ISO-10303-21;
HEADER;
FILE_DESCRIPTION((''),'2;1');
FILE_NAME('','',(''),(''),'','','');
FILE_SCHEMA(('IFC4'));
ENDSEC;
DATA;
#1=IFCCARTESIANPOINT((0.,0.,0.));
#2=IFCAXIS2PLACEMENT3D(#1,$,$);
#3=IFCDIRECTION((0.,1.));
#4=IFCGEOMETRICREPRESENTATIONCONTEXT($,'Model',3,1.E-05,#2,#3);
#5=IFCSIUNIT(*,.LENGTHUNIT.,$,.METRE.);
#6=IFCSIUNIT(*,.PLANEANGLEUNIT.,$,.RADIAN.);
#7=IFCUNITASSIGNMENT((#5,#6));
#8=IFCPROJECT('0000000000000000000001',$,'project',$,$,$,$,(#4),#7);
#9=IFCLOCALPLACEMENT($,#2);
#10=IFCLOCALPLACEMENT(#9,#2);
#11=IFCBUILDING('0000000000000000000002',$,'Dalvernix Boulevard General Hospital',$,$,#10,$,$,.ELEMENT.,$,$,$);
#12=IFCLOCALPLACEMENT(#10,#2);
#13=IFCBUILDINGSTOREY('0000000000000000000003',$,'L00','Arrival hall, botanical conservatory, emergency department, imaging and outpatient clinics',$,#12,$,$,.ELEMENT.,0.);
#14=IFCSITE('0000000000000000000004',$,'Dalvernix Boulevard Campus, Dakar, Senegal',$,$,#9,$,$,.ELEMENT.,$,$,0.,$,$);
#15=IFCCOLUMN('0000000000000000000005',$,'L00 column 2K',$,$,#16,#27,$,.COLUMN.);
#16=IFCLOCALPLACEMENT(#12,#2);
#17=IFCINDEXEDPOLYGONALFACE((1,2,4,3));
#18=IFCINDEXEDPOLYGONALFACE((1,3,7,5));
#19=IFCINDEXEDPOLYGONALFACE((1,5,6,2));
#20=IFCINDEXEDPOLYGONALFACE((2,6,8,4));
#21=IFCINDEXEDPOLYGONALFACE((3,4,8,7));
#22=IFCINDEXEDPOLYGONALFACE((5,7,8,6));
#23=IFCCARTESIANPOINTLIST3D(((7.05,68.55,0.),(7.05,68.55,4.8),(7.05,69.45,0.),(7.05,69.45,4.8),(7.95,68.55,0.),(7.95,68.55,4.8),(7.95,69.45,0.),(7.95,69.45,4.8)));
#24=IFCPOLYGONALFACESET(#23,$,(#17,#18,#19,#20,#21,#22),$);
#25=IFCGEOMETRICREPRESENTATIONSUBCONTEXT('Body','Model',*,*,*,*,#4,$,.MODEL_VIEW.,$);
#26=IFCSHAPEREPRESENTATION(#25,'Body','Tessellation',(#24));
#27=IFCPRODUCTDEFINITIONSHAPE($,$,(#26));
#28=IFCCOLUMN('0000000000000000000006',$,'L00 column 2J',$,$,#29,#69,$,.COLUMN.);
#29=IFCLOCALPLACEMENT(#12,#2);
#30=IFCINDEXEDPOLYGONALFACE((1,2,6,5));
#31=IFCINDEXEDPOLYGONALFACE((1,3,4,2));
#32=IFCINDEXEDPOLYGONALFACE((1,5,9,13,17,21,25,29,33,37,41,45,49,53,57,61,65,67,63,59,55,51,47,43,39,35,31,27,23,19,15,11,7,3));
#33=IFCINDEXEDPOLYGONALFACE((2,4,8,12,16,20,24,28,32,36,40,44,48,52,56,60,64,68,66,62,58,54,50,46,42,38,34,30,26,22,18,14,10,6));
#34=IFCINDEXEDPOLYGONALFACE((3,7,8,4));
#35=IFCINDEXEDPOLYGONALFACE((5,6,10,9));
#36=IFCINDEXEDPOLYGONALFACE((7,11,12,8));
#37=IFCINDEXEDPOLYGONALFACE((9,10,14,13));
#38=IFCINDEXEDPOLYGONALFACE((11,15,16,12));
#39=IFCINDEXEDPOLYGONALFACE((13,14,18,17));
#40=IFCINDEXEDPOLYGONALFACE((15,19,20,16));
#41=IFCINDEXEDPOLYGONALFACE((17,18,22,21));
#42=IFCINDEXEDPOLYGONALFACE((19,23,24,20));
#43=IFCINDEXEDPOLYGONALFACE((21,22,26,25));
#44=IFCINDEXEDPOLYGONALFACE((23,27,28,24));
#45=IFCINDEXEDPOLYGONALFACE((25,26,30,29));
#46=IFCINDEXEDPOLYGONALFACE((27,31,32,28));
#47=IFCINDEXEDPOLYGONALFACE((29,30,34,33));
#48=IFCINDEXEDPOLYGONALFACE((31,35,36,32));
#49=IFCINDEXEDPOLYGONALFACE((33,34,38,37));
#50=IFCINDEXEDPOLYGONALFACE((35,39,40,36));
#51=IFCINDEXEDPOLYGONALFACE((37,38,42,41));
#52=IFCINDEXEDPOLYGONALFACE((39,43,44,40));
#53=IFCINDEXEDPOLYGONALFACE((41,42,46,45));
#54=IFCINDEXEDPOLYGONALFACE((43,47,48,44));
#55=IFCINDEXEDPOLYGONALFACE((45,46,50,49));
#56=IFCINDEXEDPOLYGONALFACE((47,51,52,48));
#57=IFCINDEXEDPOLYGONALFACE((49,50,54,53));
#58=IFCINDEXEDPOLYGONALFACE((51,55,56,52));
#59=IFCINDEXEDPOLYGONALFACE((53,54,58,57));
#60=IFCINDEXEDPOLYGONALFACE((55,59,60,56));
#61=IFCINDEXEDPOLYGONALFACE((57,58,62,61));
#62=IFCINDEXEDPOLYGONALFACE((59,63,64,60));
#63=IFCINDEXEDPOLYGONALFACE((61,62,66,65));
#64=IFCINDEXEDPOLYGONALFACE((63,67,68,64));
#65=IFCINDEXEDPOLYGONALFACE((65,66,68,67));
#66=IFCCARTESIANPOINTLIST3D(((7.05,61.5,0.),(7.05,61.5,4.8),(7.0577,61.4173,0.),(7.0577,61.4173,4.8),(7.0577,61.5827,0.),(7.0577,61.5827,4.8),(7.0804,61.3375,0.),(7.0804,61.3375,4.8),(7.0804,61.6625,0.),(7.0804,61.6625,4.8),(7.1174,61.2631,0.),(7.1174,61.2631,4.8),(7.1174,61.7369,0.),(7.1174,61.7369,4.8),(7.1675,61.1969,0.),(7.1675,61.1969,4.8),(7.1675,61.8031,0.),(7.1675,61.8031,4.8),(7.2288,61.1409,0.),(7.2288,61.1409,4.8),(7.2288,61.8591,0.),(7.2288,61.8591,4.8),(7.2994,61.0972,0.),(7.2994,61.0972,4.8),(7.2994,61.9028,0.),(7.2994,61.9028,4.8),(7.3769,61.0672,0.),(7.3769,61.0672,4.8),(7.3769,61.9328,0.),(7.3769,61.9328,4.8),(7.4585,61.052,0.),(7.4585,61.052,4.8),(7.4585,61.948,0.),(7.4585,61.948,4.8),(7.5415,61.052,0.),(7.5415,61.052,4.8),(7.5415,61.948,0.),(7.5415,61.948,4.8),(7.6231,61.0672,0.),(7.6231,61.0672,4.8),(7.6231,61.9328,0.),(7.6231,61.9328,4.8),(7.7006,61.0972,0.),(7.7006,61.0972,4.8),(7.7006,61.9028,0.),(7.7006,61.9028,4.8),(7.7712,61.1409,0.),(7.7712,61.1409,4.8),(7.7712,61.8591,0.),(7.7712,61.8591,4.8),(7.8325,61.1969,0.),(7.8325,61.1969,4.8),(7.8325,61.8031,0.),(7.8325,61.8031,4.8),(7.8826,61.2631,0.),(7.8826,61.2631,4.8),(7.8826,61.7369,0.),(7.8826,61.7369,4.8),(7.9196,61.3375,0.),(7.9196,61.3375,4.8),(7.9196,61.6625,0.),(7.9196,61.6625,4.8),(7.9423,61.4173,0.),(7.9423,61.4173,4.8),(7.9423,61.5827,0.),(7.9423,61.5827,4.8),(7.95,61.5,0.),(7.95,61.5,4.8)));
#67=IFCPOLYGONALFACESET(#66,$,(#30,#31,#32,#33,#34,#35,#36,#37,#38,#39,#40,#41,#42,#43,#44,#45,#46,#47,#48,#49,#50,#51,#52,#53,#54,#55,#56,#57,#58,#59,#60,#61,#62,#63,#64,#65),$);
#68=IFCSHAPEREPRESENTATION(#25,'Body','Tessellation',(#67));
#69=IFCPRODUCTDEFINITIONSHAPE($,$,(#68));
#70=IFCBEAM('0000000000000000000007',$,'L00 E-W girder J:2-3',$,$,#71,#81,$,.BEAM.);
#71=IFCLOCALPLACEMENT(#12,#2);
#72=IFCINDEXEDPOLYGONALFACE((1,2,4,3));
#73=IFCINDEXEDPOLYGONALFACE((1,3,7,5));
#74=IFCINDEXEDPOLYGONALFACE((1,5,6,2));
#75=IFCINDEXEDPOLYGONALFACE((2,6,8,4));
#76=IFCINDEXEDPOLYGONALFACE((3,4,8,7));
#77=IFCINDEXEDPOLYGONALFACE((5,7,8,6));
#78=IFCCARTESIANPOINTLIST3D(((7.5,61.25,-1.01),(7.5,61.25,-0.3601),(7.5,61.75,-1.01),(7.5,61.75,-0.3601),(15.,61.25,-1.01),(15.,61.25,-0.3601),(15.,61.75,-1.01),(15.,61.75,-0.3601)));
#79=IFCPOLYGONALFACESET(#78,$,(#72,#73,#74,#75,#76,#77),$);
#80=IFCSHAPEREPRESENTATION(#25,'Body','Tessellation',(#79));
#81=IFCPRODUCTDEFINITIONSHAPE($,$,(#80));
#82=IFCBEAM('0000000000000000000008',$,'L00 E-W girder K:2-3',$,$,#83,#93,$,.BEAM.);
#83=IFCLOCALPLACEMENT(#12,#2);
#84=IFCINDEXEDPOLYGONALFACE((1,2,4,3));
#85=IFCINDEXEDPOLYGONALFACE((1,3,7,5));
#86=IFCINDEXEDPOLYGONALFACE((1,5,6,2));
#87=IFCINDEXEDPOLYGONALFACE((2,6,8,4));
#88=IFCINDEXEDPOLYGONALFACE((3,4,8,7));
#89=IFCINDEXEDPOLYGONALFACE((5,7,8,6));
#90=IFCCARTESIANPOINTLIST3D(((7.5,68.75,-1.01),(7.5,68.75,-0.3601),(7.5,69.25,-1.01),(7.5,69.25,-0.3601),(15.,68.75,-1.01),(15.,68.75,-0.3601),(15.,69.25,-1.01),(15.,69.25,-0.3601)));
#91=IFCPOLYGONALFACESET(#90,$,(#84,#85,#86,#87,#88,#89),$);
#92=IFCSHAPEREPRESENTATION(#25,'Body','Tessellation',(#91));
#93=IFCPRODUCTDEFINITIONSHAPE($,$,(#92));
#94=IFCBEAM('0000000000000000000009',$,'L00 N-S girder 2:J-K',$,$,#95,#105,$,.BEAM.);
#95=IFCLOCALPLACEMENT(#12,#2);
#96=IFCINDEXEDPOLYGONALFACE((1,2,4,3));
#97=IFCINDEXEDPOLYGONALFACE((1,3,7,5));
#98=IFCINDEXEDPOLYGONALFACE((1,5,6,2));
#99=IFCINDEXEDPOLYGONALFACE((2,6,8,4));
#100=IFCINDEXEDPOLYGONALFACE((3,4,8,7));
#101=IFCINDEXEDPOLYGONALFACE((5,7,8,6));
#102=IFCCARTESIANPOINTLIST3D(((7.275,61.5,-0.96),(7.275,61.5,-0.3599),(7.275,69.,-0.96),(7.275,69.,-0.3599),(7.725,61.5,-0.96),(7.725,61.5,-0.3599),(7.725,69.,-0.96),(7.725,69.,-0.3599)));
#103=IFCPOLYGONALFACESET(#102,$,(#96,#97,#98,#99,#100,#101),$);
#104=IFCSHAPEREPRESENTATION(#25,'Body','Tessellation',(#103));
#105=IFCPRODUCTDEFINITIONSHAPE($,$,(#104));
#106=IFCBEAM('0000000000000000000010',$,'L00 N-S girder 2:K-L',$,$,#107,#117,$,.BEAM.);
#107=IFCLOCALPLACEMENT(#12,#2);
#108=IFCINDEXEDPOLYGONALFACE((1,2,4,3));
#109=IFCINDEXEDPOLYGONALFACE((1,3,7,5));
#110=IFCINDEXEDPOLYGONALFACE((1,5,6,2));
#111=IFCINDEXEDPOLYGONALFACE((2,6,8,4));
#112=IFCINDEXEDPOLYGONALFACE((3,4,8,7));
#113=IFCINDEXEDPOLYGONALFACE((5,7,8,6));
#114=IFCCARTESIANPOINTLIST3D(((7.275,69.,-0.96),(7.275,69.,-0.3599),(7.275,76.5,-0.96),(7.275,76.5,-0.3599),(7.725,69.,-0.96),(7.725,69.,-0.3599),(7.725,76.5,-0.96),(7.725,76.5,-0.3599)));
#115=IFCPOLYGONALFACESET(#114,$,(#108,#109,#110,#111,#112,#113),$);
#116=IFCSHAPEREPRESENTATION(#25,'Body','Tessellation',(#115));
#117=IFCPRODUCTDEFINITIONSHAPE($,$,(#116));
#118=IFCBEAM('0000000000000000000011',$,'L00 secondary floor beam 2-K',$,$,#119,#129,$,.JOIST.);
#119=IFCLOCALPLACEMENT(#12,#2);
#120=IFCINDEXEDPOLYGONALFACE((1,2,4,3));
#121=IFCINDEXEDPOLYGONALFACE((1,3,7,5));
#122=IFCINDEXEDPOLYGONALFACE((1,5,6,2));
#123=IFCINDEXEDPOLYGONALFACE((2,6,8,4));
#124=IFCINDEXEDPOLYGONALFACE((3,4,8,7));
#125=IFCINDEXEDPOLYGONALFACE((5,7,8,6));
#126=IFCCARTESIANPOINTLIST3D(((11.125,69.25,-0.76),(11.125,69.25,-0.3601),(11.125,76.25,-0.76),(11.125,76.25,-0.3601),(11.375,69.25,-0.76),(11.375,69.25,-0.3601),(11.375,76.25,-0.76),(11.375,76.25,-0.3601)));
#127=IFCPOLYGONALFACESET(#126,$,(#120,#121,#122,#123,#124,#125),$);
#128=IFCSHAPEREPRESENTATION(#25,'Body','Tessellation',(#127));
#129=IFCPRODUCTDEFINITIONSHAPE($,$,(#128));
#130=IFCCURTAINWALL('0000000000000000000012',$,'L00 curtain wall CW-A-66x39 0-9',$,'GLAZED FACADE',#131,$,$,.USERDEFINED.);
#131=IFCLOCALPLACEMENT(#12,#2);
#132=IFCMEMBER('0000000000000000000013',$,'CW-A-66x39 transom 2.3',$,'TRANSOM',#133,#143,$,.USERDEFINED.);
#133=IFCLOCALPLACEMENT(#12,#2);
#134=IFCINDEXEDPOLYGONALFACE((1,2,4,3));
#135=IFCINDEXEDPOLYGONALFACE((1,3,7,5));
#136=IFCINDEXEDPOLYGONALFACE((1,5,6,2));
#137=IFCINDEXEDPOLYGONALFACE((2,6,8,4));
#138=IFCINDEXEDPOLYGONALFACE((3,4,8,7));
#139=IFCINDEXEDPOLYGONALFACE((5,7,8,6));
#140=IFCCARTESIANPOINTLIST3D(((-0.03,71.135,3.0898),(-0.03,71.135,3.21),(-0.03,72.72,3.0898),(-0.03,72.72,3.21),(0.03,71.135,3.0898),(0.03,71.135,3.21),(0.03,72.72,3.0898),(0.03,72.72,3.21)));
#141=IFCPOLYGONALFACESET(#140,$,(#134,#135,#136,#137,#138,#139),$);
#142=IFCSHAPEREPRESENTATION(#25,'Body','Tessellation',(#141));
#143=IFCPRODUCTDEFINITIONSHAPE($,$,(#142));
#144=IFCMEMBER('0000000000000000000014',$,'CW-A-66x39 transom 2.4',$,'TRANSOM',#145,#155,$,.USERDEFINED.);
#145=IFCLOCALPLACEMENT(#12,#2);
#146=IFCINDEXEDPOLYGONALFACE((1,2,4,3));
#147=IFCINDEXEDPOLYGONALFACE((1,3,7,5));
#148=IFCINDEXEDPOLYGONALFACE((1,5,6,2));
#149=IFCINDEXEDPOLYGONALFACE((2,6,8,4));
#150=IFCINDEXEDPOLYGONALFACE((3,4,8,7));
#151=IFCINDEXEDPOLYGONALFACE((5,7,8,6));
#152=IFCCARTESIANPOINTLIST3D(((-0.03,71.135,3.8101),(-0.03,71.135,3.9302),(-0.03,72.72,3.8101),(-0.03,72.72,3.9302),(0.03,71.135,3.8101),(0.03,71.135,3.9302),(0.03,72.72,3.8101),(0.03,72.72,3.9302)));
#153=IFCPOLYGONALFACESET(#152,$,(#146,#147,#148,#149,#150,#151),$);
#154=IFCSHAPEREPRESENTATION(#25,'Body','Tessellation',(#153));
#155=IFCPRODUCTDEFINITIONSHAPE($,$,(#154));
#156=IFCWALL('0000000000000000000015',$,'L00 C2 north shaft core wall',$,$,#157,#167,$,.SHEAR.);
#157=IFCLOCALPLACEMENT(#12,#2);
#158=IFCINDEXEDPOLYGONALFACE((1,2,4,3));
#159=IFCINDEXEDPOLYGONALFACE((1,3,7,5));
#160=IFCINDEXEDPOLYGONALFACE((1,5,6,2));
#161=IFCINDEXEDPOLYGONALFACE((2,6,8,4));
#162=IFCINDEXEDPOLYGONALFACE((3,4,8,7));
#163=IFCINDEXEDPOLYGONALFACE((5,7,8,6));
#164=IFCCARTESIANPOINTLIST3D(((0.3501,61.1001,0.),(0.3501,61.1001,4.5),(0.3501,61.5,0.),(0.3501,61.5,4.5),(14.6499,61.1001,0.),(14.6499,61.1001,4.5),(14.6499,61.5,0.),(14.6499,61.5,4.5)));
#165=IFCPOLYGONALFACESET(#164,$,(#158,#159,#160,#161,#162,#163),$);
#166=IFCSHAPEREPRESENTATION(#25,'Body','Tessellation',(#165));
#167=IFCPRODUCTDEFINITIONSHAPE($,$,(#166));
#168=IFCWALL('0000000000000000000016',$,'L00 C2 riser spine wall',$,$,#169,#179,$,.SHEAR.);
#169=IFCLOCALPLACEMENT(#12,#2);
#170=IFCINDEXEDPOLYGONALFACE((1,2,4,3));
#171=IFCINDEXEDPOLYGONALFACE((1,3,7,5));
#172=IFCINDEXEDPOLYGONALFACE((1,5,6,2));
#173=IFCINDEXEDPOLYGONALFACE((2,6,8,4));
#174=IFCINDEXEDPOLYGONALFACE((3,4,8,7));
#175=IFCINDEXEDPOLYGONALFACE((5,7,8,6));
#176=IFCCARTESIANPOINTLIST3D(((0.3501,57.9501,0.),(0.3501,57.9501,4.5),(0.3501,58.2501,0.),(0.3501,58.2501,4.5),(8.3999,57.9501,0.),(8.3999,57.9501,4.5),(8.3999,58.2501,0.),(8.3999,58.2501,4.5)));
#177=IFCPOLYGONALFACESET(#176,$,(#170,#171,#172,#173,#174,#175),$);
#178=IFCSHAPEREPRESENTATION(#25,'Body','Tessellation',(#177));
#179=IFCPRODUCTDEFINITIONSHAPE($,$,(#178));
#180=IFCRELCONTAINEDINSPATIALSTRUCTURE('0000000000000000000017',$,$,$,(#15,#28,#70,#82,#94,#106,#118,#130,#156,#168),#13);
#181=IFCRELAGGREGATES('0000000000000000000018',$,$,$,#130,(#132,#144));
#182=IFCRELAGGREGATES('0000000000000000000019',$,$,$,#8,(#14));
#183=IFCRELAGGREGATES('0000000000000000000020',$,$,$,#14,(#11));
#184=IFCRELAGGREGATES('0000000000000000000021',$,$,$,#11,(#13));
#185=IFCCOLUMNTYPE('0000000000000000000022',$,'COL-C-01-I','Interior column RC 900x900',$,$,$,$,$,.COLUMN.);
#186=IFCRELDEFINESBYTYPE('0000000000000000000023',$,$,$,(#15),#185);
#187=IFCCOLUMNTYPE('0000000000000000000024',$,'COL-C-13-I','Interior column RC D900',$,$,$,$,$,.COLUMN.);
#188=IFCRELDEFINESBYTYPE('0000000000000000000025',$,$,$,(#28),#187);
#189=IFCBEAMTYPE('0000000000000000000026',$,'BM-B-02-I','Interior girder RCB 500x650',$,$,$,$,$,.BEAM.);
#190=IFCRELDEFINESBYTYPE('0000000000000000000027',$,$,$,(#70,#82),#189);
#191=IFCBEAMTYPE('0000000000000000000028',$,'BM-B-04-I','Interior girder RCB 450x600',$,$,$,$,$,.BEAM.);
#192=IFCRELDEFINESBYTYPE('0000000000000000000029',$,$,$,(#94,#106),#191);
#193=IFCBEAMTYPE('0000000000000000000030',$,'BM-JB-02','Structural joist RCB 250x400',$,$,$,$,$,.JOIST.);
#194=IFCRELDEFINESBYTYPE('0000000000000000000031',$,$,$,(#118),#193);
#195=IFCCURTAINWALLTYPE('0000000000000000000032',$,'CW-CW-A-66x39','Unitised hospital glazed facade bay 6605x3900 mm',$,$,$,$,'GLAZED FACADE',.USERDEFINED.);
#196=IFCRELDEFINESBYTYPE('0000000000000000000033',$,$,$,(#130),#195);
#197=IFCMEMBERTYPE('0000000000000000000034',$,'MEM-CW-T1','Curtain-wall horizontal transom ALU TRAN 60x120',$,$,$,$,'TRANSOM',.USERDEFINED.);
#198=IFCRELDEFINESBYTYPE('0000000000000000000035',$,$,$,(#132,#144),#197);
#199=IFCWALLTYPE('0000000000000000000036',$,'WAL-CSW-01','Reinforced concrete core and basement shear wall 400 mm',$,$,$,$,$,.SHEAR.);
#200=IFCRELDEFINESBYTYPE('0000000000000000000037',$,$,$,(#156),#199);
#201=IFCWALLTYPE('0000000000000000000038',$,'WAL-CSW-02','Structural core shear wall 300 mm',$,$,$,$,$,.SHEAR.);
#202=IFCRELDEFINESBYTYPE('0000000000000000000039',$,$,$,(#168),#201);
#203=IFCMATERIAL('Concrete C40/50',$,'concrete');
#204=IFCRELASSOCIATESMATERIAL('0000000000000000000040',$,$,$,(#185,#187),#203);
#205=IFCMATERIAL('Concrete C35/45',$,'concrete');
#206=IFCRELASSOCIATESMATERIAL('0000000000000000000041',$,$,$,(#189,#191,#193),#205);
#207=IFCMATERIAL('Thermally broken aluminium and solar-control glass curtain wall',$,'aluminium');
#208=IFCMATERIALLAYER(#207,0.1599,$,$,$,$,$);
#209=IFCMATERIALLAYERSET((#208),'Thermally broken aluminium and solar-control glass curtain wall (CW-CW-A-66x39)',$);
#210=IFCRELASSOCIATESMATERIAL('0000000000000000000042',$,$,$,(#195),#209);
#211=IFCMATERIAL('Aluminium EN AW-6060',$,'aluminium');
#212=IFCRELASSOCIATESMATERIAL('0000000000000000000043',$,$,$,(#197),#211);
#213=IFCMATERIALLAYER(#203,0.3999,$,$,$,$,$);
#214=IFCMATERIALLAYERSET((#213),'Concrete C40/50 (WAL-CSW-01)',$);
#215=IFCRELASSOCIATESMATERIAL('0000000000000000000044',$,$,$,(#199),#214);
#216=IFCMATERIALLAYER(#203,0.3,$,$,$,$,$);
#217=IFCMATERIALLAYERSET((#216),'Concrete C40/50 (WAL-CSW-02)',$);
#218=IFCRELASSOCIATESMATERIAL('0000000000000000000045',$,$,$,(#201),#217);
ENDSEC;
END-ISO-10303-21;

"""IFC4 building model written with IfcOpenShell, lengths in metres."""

from ifc_helpers import new_model, si_unit, direction, frame, frame_2d, origin, origin_2d, place, context, subcontext, project, spatial, rectangle, circle, extrude, material, layer, layer_set, material_profile, profile_set, type_object, element, aggregate, save


model = new_model("IFC4")

# Units and contexts
model_context = context("Model", 3, precision=1e-05, world=origin(), true_north=direction((0.0, 1.0)))
body_context = subcontext(model_context, "Body", "Model", "MODEL_VIEW")
ifc_project = project(units=[si_unit("LENGTHUNIT", "METRE"), si_unit("PLANEANGLEUNIT", "RADIAN")], contexts=[model_context])

# Site, building, storey
site_placement = place(None, origin())
site = spatial("IfcSite", under=ifc_project, at=site_placement, Name="Dalvernix Boulevard Campus, Dakar, Senegal", CompositionType="ELEMENT", RefElevation=0.0)
building_placement = place(site_placement, origin())
building = spatial("IfcBuilding", under=site, at=building_placement, Name="Dalvernix Boulevard General Hospital", CompositionType="ELEMENT")
storey_placement = place(building_placement, origin())
storey = spatial("IfcBuildingStorey", under=building, at=storey_placement, Name="L00", Description="Arrival hall, botanical conservatory, emergency department, imaging and outpatient clinics", CompositionType="ELEMENT", Elevation=0.0)

# Columns
ifc_material_1 = material(Name="Concrete C40/50", Category="concrete")
ifc_material_profile_1 = material_profile(ifc_material_1, rectangle(XDim=0.8999, YDim=0.8999, at=origin_2d()), Name="RC 900x900")
ifc_profile_set_1 = profile_set([ifc_material_profile_1], Name="Concrete C40/50")
column_type_1 = type_object("IfcColumnType", Name="COL-C-01-I", Description="Interior column RC 900x900", PredefinedType="COLUMN", material=ifc_profile_set_1)
column_1_placement = place(storey_placement, frame((7.5, 69.0, 0.0), z_axis=(0.0, 0.0, 1.0), x_axis=(1.0, 0.0, 0.0)))
element("IfcColumn", 1, at=column_1_placement, inside=storey, type_object=column_type_1, Name="L00 column 2K", PredefinedType="COLUMN", context=body_context, shape_type="SweptSolid", body=[
    extrude(rectangle(XDim=0.8999, YDim=0.8999, at=origin_2d()), origin(), (0.0, 0.0, 1.0), 4.8),
])
ifc_material_profile_2 = material_profile(ifc_material_1, circle(Radius=0.45, at=origin_2d()), Name="RC D900")
ifc_profile_set_2 = profile_set([ifc_material_profile_2], Name="Concrete C40/50")
column_type_2 = type_object("IfcColumnType", Name="COL-C-13-I", Description="Interior column RC D900", PredefinedType="COLUMN", material=ifc_profile_set_2)
column_2_placement = place(storey_placement, frame((7.5, 61.5, 0.0), z_axis=(0.0, 0.0, 1.0), x_axis=(1.0, 0.0, 0.0)))
element("IfcColumn", 2, at=column_2_placement, inside=storey, type_object=column_type_2, Name="L00 column 2J", PredefinedType="COLUMN", context=body_context, shape_type="SweptSolid", body=[
    extrude(circle(Radius=0.45, at=origin_2d()), origin(), (0.0, 0.0, 1.0), 4.8),
])

# Beams
ifc_material_2 = material(Name="Concrete C35/45", Category="concrete")
ifc_material_profile_3 = material_profile(ifc_material_2, rectangle(XDim=0.5, YDim=0.6499, at=origin_2d()), Name="RCB 500x650")
ifc_profile_set_3 = profile_set([ifc_material_profile_3], Name="Concrete C35/45")
beam_type_1 = type_object("IfcBeamType", Name="BM-B-02-I", Description="Interior girder RCB 500x650", PredefinedType="BEAM", material=ifc_profile_set_3)
for number, where, z_axis, x_axis, name in (
    (3, (7.5, 61.5, -0.6851), (1.0, 0.0, 0.0), (0.0, 1.0, 0.0), "L00 E-W girder J:2-3"),
    (4, (7.5, 69.0, -0.6851), (1.0, 0.0, 0.0), (0.0, 1.0, 0.0), "L00 E-W girder K:2-3"),
):
    element("IfcBeam", number, at=place(storey_placement, frame(where, z_axis=z_axis, x_axis=x_axis)), inside=storey, type_object=beam_type_1, Name=name, PredefinedType="BEAM", context=body_context, shape_type="SweptSolid", body=[
        extrude(rectangle(XDim=0.5, YDim=0.6499, at=origin_2d()), origin(), (0.0, 0.0, 1.0), 7.5),
    ])
ifc_material_profile_4 = material_profile(ifc_material_2, rectangle(XDim=0.45, YDim=0.6001, at=origin_2d()), Name="RCB 450x600")
ifc_profile_set_4 = profile_set([ifc_material_profile_4], Name="Concrete C35/45")
beam_type_2 = type_object("IfcBeamType", Name="BM-B-04-I", Description="Interior girder RCB 450x600", PredefinedType="BEAM", material=ifc_profile_set_4)
for number, where, z_axis, x_axis, name in (
    (5, (7.5, 61.5, -0.6599), (0.0, 1.0, 0.0), (-1.0, 0.0, 0.0), "L00 N-S girder 2:J-K"),
    (6, (7.5, 69.0, -0.6599), (0.0, 1.0, 0.0), (-1.0, 0.0, 0.0), "L00 N-S girder 2:K-L"),
):
    element("IfcBeam", number, at=place(storey_placement, frame(where, z_axis=z_axis, x_axis=x_axis)), inside=storey, type_object=beam_type_2, Name=name, PredefinedType="BEAM", context=body_context, shape_type="SweptSolid", body=[
        extrude(rectangle(XDim=0.45, YDim=0.6001, at=origin_2d()), origin(), (0.0, 0.0, 1.0), 7.5),
    ])
ifc_material_profile_5 = material_profile(ifc_material_2, rectangle(XDim=0.25, YDim=0.3999, at=origin_2d()), Name="RCB 250x400")
ifc_profile_set_5 = profile_set([ifc_material_profile_5], Name="Concrete C35/45")
beam_type_3 = type_object("IfcBeamType", Name="BM-JB-02", Description="Structural joist RCB 250x400", PredefinedType="JOIST", material=ifc_profile_set_5)
beam_placement = place(storey_placement, frame((11.25, 69.25, -0.5601), z_axis=(0.0, 1.0, 0.0), x_axis=(-1.0, 0.0, 0.0)))
element("IfcBeam", 7, at=beam_placement, inside=storey, type_object=beam_type_3, Name="L00 secondary floor beam 2-K", PredefinedType="JOIST", context=body_context, shape_type="SweptSolid", body=[
    extrude(rectangle(XDim=0.25, YDim=0.3999, at=origin_2d()), origin(), (0.0, 0.0, 1.0), 7.0),
])

# Curtain wall, members
ifc_material_3 = material(Name="Thermally broken aluminium and solar-control glass curtain wall", Category="aluminium")
ifc_layer_1 = layer(ifc_material_3, 0.1599)
ifc_layer_set_1 = layer_set([ifc_layer_1], Name="Thermally broken aluminium and solar-control glass curtain wall (CW-CW-A-66x39)")
curtain_wall_type = type_object("IfcCurtainWallType", Name="CW-CW-A-66x39", Description="Unitised hospital glazed facade bay 6605x3900 mm", ElementType="GLAZED FACADE", PredefinedType="USERDEFINED", material=ifc_layer_set_1)
curtain_wall_placement = place(storey_placement, origin())
curtain_wall = element("IfcCurtainWall", 8, at=curtain_wall_placement, inside=storey, type_object=curtain_wall_type, Name="L00 curtain wall CW-A-66x39 0-9", ObjectType="GLAZED FACADE", PredefinedType="USERDEFINED")
ifc_material_4 = material(Name="Aluminium EN AW-6060", Category="aluminium")
ifc_material_profile_6 = material_profile(ifc_material_4, rectangle(XDim=0.0601, YDim=0.1201, at=origin_2d()), Name="ALU TRAN 60x120")
ifc_profile_set_6 = profile_set([ifc_material_profile_6], Name="Aluminium EN AW-6060")
member_type = type_object("IfcMemberType", Name="MEM-CW-T1", Description="Curtain-wall horizontal transom ALU TRAN 60x120", ElementType="TRANSOM", PredefinedType="USERDEFINED", material=ifc_profile_set_6)
member_1_placement = place(storey_placement, frame((0.0, 71.135, 3.1499), z_axis=(0.0, 1.0, 0.0), x_axis=(-1.0, 0.0, 0.0)))
member_1 = element("IfcMember", 9, at=member_1_placement, type_object=member_type, Name="CW-A-66x39 transom 2.3", ObjectType="TRANSOM", PredefinedType="USERDEFINED", context=body_context, shape_type="SweptSolid", body=[
    extrude(rectangle(XDim=0.0601, YDim=0.1201, at=origin_2d()), origin(), (0.0, 0.0, 1.0), 1.585),
])
member_2_placement = place(storey_placement, frame((0.0, 71.135, 3.8701), z_axis=(0.0, 1.0, 0.0), x_axis=(-1.0, 0.0, 0.0)))
member_2 = element("IfcMember", 10, at=member_2_placement, type_object=member_type, Name="CW-A-66x39 transom 2.4", ObjectType="TRANSOM", PredefinedType="USERDEFINED", context=body_context, shape_type="SweptSolid", body=[
    extrude(rectangle(XDim=0.0601, YDim=0.1201, at=origin_2d()), origin(), (0.0, 0.0, 1.0), 1.585),
])
aggregate(curtain_wall, [member_1, member_2])

# Walls
ifc_layer_2 = layer(ifc_material_1, 0.3999)
ifc_layer_set_2 = layer_set([ifc_layer_2], Name="Concrete C40/50 (WAL-CSW-01)")
wall_type_1 = type_object("IfcWallType", Name="WAL-CSW-01", Description="Reinforced concrete core and basement shear wall 400 mm", PredefinedType="SHEAR", material=ifc_layer_set_2)
wall_1_placement = place(storey_placement, frame((0.3501, 61.3, 0.0), z_axis=(0.0, 0.0, 1.0), x_axis=(1.0, 0.0, 0.0)))
element("IfcWall", 11, at=wall_1_placement, inside=storey, type_object=wall_type_1, Name="L00 C2 north shaft core wall", PredefinedType="SHEAR", context=body_context, shape_type="SweptSolid", body=[
    extrude(rectangle(XDim=14.2998, YDim=0.3999, at=frame_2d((7.1499, 0.0))), origin(), (0.0, 0.0, 1.0), 4.5),
])
ifc_layer_3 = layer(ifc_material_1, 0.3)
ifc_layer_set_3 = layer_set([ifc_layer_3], Name="Concrete C40/50 (WAL-CSW-02)")
wall_type_2 = type_object("IfcWallType", Name="WAL-CSW-02", Description="Structural core shear wall 300 mm", PredefinedType="SHEAR", material=ifc_layer_set_3)
wall_2_placement = place(storey_placement, frame((0.3501, 58.1001, 0.0), z_axis=(0.0, 0.0, 1.0), x_axis=(1.0, 0.0, 0.0)))
element("IfcWall", 12, at=wall_2_placement, inside=storey, type_object=wall_type_2, Name="L00 C2 riser spine wall", PredefinedType="SHEAR", context=body_context, shape_type="SweptSolid", body=[
    extrude(rectangle(XDim=8.0498, YDim=0.3, at=frame_2d((4.0249, 0.0))), origin(), (0.0, 0.0, 1.0), 4.5),
])

save(model, "model.ifc")
